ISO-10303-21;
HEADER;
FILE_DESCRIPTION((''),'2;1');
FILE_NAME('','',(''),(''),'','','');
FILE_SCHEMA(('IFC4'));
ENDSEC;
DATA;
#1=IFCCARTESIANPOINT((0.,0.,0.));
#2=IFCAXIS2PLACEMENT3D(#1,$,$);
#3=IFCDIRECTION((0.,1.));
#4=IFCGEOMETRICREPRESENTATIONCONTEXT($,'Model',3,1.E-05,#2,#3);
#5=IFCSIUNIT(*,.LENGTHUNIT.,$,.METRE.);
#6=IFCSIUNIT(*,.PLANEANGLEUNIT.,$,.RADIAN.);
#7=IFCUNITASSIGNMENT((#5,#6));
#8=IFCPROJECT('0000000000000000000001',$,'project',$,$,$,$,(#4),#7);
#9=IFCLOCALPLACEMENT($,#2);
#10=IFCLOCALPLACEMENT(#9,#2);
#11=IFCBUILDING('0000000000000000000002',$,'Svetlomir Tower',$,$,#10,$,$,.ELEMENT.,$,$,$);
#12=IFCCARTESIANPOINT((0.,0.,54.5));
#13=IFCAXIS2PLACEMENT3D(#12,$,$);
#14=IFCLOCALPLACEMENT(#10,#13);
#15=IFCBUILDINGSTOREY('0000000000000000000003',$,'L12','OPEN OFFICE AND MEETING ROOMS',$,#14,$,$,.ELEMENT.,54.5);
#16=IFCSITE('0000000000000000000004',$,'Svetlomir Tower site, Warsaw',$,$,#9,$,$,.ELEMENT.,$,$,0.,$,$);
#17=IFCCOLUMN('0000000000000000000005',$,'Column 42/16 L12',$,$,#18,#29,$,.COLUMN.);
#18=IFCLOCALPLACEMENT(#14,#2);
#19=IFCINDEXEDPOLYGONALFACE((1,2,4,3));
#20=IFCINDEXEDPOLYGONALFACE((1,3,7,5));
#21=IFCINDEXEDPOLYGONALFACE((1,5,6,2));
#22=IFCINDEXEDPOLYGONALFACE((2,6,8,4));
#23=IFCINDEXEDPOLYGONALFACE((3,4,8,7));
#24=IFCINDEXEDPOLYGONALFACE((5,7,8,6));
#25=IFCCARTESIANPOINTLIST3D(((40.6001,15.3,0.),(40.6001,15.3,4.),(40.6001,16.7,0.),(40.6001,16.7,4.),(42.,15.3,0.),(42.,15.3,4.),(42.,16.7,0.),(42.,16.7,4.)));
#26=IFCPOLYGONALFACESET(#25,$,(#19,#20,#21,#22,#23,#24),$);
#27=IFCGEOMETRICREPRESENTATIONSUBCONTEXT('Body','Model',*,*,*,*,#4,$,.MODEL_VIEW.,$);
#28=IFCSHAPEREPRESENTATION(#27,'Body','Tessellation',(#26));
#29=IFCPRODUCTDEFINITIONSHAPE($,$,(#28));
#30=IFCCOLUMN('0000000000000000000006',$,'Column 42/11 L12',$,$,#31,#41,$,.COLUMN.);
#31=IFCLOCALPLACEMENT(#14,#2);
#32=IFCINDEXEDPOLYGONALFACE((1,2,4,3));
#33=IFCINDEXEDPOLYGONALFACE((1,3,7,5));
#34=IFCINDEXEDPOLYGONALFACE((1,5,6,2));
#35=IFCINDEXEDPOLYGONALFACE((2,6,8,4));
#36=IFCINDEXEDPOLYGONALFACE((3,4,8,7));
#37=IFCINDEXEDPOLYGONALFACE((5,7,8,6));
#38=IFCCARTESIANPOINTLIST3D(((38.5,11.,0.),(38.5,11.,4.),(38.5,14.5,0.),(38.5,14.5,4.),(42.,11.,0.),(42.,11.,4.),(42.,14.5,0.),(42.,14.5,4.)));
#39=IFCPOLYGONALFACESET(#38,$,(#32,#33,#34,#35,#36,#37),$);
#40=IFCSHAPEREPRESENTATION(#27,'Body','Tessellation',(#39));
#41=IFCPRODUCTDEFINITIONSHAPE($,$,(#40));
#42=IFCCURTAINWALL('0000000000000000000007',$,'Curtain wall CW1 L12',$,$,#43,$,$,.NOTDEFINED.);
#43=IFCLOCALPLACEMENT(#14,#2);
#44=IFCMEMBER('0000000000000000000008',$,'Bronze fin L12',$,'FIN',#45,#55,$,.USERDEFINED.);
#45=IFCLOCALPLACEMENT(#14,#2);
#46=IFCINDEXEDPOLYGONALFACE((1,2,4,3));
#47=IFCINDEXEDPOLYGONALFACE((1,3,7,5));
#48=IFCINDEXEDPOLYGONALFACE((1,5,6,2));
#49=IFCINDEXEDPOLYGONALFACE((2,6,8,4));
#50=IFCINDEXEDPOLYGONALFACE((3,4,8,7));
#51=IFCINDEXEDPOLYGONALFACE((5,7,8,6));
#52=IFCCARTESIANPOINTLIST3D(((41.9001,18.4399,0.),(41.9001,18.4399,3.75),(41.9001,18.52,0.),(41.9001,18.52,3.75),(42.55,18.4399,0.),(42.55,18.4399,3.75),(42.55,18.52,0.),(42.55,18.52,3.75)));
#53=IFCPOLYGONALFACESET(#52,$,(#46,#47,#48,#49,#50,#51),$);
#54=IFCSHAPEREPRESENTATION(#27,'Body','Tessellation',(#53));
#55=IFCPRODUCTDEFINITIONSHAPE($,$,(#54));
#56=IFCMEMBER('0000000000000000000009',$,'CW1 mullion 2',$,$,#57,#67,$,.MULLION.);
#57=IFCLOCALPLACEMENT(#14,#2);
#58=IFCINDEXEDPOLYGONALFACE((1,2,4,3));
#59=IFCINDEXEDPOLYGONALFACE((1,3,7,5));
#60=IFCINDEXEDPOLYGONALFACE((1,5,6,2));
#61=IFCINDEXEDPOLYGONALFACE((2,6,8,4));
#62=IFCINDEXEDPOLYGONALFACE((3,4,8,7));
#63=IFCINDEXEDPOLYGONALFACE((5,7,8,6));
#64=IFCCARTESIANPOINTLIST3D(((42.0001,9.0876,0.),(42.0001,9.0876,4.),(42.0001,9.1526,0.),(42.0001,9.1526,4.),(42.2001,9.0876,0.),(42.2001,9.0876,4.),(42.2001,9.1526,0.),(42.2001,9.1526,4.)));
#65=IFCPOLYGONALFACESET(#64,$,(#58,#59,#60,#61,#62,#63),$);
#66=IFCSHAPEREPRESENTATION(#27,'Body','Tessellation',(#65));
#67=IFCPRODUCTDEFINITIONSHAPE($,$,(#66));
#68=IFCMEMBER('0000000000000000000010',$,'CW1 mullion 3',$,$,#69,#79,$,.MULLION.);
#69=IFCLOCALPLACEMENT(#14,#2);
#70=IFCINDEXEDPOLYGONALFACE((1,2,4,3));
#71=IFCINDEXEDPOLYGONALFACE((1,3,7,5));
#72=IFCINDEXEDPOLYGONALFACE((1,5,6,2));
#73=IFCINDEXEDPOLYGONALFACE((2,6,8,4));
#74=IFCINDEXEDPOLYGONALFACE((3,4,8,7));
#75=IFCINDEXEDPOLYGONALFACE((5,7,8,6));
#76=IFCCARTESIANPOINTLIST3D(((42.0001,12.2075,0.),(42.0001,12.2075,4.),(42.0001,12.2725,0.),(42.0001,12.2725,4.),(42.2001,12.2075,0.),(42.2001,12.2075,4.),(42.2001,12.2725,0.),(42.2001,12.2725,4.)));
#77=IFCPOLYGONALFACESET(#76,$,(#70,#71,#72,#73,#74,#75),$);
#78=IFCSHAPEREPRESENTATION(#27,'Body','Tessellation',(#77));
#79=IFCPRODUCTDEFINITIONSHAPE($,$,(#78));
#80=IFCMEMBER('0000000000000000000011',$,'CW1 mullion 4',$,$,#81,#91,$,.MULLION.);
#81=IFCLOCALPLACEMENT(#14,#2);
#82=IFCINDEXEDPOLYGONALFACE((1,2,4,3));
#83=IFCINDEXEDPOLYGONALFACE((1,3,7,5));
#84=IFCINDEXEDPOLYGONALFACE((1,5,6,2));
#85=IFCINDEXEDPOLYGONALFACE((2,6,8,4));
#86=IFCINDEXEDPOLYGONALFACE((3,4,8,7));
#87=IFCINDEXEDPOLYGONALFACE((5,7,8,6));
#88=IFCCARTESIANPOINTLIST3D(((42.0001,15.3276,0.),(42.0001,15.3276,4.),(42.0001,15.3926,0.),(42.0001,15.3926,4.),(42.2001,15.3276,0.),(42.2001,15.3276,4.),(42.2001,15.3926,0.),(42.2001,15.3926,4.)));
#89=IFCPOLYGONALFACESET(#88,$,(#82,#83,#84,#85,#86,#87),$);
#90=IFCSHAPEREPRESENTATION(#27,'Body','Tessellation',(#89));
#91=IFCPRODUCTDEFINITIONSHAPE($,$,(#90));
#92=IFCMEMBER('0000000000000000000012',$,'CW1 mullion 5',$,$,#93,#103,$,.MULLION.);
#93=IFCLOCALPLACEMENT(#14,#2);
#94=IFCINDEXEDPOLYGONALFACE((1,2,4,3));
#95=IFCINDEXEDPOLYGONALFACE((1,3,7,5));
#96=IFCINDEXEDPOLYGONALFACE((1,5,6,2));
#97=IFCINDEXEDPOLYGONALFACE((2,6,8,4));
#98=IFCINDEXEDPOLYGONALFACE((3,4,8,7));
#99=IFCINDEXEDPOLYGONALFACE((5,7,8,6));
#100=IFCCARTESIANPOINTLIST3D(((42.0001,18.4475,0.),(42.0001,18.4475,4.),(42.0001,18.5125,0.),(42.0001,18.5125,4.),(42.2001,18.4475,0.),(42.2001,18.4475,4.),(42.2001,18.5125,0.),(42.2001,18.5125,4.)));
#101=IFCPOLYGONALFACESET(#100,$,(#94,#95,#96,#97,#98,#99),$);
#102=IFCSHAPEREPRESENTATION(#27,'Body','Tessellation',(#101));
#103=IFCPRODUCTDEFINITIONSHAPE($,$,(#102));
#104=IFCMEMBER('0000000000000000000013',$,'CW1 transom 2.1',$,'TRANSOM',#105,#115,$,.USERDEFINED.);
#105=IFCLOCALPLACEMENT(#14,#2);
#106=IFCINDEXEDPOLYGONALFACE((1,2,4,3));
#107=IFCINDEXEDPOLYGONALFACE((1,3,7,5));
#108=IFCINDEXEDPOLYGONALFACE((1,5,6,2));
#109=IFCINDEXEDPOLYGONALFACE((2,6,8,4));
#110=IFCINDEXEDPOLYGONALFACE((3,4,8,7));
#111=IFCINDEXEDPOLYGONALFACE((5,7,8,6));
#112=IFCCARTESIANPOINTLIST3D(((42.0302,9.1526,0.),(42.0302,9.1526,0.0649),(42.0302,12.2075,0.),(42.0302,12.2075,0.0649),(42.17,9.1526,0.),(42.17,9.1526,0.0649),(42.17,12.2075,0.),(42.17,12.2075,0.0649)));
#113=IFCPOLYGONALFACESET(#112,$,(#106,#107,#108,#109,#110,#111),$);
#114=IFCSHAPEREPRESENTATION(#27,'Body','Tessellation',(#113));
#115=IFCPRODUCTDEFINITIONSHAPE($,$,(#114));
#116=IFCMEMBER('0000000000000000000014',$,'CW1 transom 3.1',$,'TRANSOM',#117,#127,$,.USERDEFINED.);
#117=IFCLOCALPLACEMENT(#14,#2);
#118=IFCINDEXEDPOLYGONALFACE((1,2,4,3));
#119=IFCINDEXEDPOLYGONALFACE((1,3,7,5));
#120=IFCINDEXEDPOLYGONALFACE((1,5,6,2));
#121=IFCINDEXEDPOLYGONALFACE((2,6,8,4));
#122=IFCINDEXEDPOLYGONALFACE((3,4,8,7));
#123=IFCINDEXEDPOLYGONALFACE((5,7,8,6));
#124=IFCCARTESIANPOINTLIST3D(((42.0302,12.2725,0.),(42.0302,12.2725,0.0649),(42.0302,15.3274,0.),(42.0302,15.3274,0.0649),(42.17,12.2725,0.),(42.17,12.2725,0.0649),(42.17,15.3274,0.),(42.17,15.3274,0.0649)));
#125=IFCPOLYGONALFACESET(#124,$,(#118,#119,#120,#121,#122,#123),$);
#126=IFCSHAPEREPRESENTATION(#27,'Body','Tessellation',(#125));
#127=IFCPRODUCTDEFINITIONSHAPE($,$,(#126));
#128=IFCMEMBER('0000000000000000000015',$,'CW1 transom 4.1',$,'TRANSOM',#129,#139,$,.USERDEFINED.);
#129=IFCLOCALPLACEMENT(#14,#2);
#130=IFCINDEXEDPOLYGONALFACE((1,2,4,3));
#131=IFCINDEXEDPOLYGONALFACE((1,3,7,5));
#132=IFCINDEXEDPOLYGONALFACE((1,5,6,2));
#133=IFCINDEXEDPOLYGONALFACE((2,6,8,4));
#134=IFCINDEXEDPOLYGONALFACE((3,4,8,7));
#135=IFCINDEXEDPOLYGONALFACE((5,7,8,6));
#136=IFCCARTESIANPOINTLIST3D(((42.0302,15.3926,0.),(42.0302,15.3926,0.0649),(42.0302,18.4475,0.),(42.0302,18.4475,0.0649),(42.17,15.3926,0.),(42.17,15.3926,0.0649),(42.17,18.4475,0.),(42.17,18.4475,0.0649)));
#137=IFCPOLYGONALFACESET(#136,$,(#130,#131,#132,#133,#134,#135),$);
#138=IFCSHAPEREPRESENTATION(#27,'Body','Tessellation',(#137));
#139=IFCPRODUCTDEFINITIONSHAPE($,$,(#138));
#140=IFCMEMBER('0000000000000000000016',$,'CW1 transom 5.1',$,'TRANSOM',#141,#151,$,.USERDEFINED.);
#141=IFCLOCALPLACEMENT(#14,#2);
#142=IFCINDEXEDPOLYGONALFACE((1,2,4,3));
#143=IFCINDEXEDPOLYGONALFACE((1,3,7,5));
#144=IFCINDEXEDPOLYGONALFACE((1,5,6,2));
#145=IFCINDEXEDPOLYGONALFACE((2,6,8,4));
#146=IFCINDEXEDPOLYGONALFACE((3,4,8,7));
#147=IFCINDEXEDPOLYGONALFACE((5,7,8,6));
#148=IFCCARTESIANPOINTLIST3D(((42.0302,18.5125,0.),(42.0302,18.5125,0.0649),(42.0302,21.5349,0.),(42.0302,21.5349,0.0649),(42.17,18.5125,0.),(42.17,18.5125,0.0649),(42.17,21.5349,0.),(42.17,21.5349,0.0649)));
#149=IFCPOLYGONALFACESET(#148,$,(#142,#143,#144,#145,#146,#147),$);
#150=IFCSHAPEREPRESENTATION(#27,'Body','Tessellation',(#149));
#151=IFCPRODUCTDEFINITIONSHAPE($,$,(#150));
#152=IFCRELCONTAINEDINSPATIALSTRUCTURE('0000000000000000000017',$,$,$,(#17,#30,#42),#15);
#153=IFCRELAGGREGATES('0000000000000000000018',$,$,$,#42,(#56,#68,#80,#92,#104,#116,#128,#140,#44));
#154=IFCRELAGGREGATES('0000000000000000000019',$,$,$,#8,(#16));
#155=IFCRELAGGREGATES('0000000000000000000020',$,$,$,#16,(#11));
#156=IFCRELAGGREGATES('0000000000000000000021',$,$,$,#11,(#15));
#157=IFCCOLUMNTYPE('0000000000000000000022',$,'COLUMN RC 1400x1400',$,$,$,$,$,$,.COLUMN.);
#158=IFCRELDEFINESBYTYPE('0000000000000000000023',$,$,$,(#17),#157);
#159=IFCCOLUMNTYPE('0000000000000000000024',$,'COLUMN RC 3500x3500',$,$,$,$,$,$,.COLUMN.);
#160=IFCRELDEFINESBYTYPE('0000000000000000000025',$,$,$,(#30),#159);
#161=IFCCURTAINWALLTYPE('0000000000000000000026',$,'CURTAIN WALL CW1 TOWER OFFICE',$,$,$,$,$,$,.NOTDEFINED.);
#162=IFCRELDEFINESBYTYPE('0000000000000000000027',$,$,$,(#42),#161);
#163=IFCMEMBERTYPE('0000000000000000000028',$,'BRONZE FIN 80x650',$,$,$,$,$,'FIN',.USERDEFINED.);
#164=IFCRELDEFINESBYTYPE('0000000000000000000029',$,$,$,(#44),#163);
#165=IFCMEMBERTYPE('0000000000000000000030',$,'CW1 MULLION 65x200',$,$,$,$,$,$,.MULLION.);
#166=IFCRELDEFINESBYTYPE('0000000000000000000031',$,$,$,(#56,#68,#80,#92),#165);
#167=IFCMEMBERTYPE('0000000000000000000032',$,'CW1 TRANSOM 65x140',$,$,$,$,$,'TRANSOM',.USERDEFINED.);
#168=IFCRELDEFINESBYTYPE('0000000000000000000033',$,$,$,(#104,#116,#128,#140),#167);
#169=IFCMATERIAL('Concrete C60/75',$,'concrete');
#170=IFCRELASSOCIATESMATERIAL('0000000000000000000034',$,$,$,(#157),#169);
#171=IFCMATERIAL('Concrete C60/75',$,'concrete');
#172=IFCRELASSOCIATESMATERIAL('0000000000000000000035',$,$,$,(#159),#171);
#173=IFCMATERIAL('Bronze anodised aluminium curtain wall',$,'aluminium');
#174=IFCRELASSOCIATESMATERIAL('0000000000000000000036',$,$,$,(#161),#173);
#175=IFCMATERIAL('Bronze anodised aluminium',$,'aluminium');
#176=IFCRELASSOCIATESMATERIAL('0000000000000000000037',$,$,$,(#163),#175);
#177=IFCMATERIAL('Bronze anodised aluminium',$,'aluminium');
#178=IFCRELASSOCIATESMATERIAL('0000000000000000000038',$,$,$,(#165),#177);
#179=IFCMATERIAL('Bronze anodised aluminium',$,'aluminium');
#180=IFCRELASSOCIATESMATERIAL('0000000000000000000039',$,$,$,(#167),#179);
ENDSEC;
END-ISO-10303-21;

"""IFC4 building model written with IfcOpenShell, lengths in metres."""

from ifc_helpers import new_model, si_unit, direction, frame, origin, origin_2d, place, context, subcontext, project, spatial, rectangle, extrude, material, material_profile, profile_set, type_object, element, aggregate, save


model = new_model("IFC4")

# Units and contexts
model_context = context("Model", 3, precision=1e-05, world=origin(), true_north=direction((0.0, 1.0)))
body_context = subcontext(model_context, "Body", "Model", "MODEL_VIEW")
ifc_project = project(units=[si_unit("LENGTHUNIT", "METRE"), si_unit("PLANEANGLEUNIT", "RADIAN")], contexts=[model_context])

# Site, building, storey
site_placement = place(None, origin())
site = spatial("IfcSite", under=ifc_project, at=site_placement, Name="Svetlomir Tower site, Warsaw", CompositionType="ELEMENT", RefElevation=0.0)
building_placement = place(site_placement, origin())
building = spatial("IfcBuilding", under=site, at=building_placement, Name="Svetlomir Tower", CompositionType="ELEMENT")
storey_placement = place(building_placement, frame((0.0, 0.0, 54.5)))
storey = spatial("IfcBuildingStorey", under=building, at=storey_placement, Name="L12", Description="OPEN OFFICE AND MEETING ROOMS", CompositionType="ELEMENT", Elevation=54.5)

# Columns
ifc_material_1 = material(Name="Concrete C60/75", Category="concrete")
ifc_material_profile_1 = material_profile(ifc_material_1, rectangle(XDim=1.3999, YDim=1.3999, at=origin_2d()), Name="RC 1400x1400")
ifc_profile_set_1 = profile_set([ifc_material_profile_1], Name="Concrete C60/75")
column_type_1 = type_object("IfcColumnType", Name="COLUMN RC 1400x1400", PredefinedType="COLUMN", material=ifc_profile_set_1)
column_1_placement = place(storey_placement, frame((41.3, 16.0, 0.0), z_axis=(0.0, 0.0, 1.0), x_axis=(1.0, 0.0, 0.0)))
element("IfcColumn", 1, at=column_1_placement, inside=storey, type_object=column_type_1, Name="Column 42/16 L12", PredefinedType="COLUMN", context=body_context, shape_type="SweptSolid", body=[
    extrude(rectangle(XDim=1.3999, YDim=1.3999, at=origin_2d()), origin(), (0.0, 0.0, 1.0), 4.0),
])
ifc_material_2 = material(Name="Concrete C60/75", Category="concrete")
ifc_material_profile_2 = material_profile(ifc_material_2, rectangle(XDim=3.5, YDim=3.5, at=origin_2d()), Name="RC 3500x3500")
ifc_profile_set_2 = profile_set([ifc_material_profile_2], Name="Concrete C60/75")
column_type_2 = type_object("IfcColumnType", Name="COLUMN RC 3500x3500", PredefinedType="COLUMN", material=ifc_profile_set_2)
column_2_placement = place(storey_placement, frame((40.25, 12.75, 0.0), z_axis=(0.0, 0.0, 1.0), x_axis=(1.0, 0.0, 0.0)))
element("IfcColumn", 2, at=column_2_placement, inside=storey, type_object=column_type_2, Name="Column 42/11 L12", PredefinedType="COLUMN", context=body_context, shape_type="SweptSolid", body=[
    extrude(rectangle(XDim=3.5, YDim=3.5, at=origin_2d()), origin(), (0.0, 0.0, 1.0), 4.0),
])

# Curtain wall, members
ifc_material_3 = material(Name="Bronze anodised aluminium curtain wall", Category="aluminium")
curtain_wall_type = type_object("IfcCurtainWallType", Name="CURTAIN WALL CW1 TOWER OFFICE", PredefinedType="NOTDEFINED", material=ifc_material_3)
curtain_wall_placement = place(storey_placement, origin())
curtain_wall = element("IfcCurtainWall", 3, at=curtain_wall_placement, inside=storey, type_object=curtain_wall_type, Name="Curtain wall CW1 L12", PredefinedType="NOTDEFINED")
ifc_material_4 = material(Name="Bronze anodised aluminium", Category="aluminium")
ifc_material_profile_3 = material_profile(ifc_material_4, rectangle(XDim=0.0801, YDim=0.6499, at=origin_2d()), Name="FIN 80x650")
ifc_profile_set_3 = profile_set([ifc_material_profile_3], Name="Bronze anodised aluminium 6063-T6")
member_type_1 = type_object("IfcMemberType", Name="BRONZE FIN 80x650", ElementType="FIN", PredefinedType="USERDEFINED", material=ifc_profile_set_3)
member_1_placement = place(storey_placement, frame((42.2251, 18.48, 0.0), z_axis=(0.0, 0.0, 1.0), x_axis=(0.0, 1.0, 0.0)))
member_1 = element("IfcMember", 4, at=member_1_placement, type_object=member_type_1, Name="Bronze fin L12", ObjectType="FIN", PredefinedType="USERDEFINED", context=body_context, shape_type="SweptSolid", body=[
    extrude(rectangle(XDim=0.0801, YDim=0.6499, at=origin_2d()), origin(), (0.0, 0.0, 1.0), 3.75),
])
ifc_material_5 = material(Name="Bronze anodised aluminium", Category="aluminium")
ifc_material_profile_4 = material_profile(ifc_material_5, rectangle(XDim=0.0649, YDim=0.2, at=origin_2d()), Name="AL 65x200")
ifc_profile_set_4 = profile_set([ifc_material_profile_4], Name="Bronze anodised aluminium 6063-T6")
member_type_2 = type_object("IfcMemberType", Name="CW1 MULLION 65x200", PredefinedType="MULLION", material=ifc_profile_set_4)
member_2_placement = place(storey_placement, frame((42.1001, 9.1201, 0.0), z_axis=(0.0, 0.0, 1.0), x_axis=(0.0, 1.0, 0.0)))
member_2 = element("IfcMember", 5, at=member_2_placement, type_object=member_type_2, Name="CW1 mullion 2", PredefinedType="MULLION", context=body_context, shape_type="SweptSolid", body=[
    extrude(rectangle(XDim=0.0649, YDim=0.2, at=origin_2d()), origin(), (0.0, 0.0, 1.0), 4.0),
])
member_3_placement = place(storey_placement, frame((42.1001, 12.24, 0.0), z_axis=(0.0, 0.0, 1.0), x_axis=(0.0, 1.0, 0.0)))
member_3 = element("IfcMember", 6, at=member_3_placement, type_object=member_type_2, Name="CW1 mullion 3", PredefinedType="MULLION", context=body_context, shape_type="SweptSolid", body=[
    extrude(rectangle(XDim=0.0649, YDim=0.2, at=origin_2d()), origin(), (0.0, 0.0, 1.0), 4.0),
])
member_4_placement = place(storey_placement, frame((42.1001, 15.3601, 0.0), z_axis=(0.0, 0.0, 1.0), x_axis=(0.0, 1.0, 0.0)))
member_4 = element("IfcMember", 7, at=member_4_placement, type_object=member_type_2, Name="CW1 mullion 4", PredefinedType="MULLION", context=body_context, shape_type="SweptSolid", body=[
    extrude(rectangle(XDim=0.0649, YDim=0.2, at=origin_2d()), origin(), (0.0, 0.0, 1.0), 4.0),
])
member_5_placement = place(storey_placement, frame((42.1001, 18.48, 0.0), z_axis=(0.0, 0.0, 1.0), x_axis=(0.0, 1.0, 0.0)))
member_5 = element("IfcMember", 8, at=member_5_placement, type_object=member_type_2, Name="CW1 mullion 5", PredefinedType="MULLION", context=body_context, shape_type="SweptSolid", body=[
    extrude(rectangle(XDim=0.0649, YDim=0.2, at=origin_2d()), origin(), (0.0, 0.0, 1.0), 4.0),
])
ifc_material_6 = material(Name="Bronze anodised aluminium", Category="aluminium")
ifc_material_profile_5 = material_profile(ifc_material_6, rectangle(XDim=0.1399, YDim=0.0649, at=origin_2d()), Name="AL 140x65")
ifc_profile_set_5 = profile_set([ifc_material_profile_5], Name="Bronze anodised aluminium 6063-T6")
member_type_3 = type_object("IfcMemberType", Name="CW1 TRANSOM 65x140", ElementType="TRANSOM", PredefinedType="USERDEFINED", material=ifc_profile_set_5)
member_6_placement = place(storey_placement, frame((42.1001, 9.1526, 0.0325), z_axis=(0.0, 1.0, 0.0), x_axis=(-1.0, 0.0, 0.0)))
member_6 = element("IfcMember", 9, at=member_6_placement, type_object=member_type_3, Name="CW1 transom 2.1", ObjectType="TRANSOM", PredefinedType="USERDEFINED", context=body_context, shape_type="SweptSolid", body=[
    extrude(rectangle(XDim=0.1399, YDim=0.0649, at=origin_2d()), origin(), (0.0, 0.0, 1.0), 3.0549),
])
member_7_placement = place(storey_placement, frame((42.1001, 12.2725, 0.0325), z_axis=(0.0, 1.0, 0.0), x_axis=(-1.0, 0.0, 0.0)))
member_7 = element("IfcMember", 10, at=member_7_placement, type_object=member_type_3, Name="CW1 transom 3.1", ObjectType="TRANSOM", PredefinedType="USERDEFINED", context=body_context, shape_type="SweptSolid", body=[
    extrude(rectangle(XDim=0.1399, YDim=0.0649, at=origin_2d()), origin(), (0.0, 0.0, 1.0), 3.0549),
])
member_8_placement = place(storey_placement, frame((42.1001, 15.3926, 0.0325), z_axis=(0.0, 1.0, 0.0), x_axis=(-1.0, 0.0, 0.0)))
member_8 = element("IfcMember", 11, at=member_8_placement, type_object=member_type_3, Name="CW1 transom 4.1", ObjectType="TRANSOM", PredefinedType="USERDEFINED", context=body_context, shape_type="SweptSolid", body=[
    extrude(rectangle(XDim=0.1399, YDim=0.0649, at=origin_2d()), origin(), (0.0, 0.0, 1.0), 3.0549),
])
member_9_placement = place(storey_placement, frame((42.1001, 18.5125, 0.0325), z_axis=(0.0, 1.0, 0.0), x_axis=(-1.0, 0.0, 0.0)))
member_9 = element("IfcMember", 12, at=member_9_placement, type_object=member_type_3, Name="CW1 transom 5.1", ObjectType="TRANSOM", PredefinedType="USERDEFINED", context=body_context, shape_type="SweptSolid", body=[
    extrude(rectangle(XDim=0.1399, YDim=0.0649, at=origin_2d()), origin(), (0.0, 0.0, 1.0), 3.0225),
])

aggregate(curtain_wall, [member_2, member_3, member_4, member_5, member_6, member_7, member_8, member_9, member_1])

save(model, "model.ifc")
